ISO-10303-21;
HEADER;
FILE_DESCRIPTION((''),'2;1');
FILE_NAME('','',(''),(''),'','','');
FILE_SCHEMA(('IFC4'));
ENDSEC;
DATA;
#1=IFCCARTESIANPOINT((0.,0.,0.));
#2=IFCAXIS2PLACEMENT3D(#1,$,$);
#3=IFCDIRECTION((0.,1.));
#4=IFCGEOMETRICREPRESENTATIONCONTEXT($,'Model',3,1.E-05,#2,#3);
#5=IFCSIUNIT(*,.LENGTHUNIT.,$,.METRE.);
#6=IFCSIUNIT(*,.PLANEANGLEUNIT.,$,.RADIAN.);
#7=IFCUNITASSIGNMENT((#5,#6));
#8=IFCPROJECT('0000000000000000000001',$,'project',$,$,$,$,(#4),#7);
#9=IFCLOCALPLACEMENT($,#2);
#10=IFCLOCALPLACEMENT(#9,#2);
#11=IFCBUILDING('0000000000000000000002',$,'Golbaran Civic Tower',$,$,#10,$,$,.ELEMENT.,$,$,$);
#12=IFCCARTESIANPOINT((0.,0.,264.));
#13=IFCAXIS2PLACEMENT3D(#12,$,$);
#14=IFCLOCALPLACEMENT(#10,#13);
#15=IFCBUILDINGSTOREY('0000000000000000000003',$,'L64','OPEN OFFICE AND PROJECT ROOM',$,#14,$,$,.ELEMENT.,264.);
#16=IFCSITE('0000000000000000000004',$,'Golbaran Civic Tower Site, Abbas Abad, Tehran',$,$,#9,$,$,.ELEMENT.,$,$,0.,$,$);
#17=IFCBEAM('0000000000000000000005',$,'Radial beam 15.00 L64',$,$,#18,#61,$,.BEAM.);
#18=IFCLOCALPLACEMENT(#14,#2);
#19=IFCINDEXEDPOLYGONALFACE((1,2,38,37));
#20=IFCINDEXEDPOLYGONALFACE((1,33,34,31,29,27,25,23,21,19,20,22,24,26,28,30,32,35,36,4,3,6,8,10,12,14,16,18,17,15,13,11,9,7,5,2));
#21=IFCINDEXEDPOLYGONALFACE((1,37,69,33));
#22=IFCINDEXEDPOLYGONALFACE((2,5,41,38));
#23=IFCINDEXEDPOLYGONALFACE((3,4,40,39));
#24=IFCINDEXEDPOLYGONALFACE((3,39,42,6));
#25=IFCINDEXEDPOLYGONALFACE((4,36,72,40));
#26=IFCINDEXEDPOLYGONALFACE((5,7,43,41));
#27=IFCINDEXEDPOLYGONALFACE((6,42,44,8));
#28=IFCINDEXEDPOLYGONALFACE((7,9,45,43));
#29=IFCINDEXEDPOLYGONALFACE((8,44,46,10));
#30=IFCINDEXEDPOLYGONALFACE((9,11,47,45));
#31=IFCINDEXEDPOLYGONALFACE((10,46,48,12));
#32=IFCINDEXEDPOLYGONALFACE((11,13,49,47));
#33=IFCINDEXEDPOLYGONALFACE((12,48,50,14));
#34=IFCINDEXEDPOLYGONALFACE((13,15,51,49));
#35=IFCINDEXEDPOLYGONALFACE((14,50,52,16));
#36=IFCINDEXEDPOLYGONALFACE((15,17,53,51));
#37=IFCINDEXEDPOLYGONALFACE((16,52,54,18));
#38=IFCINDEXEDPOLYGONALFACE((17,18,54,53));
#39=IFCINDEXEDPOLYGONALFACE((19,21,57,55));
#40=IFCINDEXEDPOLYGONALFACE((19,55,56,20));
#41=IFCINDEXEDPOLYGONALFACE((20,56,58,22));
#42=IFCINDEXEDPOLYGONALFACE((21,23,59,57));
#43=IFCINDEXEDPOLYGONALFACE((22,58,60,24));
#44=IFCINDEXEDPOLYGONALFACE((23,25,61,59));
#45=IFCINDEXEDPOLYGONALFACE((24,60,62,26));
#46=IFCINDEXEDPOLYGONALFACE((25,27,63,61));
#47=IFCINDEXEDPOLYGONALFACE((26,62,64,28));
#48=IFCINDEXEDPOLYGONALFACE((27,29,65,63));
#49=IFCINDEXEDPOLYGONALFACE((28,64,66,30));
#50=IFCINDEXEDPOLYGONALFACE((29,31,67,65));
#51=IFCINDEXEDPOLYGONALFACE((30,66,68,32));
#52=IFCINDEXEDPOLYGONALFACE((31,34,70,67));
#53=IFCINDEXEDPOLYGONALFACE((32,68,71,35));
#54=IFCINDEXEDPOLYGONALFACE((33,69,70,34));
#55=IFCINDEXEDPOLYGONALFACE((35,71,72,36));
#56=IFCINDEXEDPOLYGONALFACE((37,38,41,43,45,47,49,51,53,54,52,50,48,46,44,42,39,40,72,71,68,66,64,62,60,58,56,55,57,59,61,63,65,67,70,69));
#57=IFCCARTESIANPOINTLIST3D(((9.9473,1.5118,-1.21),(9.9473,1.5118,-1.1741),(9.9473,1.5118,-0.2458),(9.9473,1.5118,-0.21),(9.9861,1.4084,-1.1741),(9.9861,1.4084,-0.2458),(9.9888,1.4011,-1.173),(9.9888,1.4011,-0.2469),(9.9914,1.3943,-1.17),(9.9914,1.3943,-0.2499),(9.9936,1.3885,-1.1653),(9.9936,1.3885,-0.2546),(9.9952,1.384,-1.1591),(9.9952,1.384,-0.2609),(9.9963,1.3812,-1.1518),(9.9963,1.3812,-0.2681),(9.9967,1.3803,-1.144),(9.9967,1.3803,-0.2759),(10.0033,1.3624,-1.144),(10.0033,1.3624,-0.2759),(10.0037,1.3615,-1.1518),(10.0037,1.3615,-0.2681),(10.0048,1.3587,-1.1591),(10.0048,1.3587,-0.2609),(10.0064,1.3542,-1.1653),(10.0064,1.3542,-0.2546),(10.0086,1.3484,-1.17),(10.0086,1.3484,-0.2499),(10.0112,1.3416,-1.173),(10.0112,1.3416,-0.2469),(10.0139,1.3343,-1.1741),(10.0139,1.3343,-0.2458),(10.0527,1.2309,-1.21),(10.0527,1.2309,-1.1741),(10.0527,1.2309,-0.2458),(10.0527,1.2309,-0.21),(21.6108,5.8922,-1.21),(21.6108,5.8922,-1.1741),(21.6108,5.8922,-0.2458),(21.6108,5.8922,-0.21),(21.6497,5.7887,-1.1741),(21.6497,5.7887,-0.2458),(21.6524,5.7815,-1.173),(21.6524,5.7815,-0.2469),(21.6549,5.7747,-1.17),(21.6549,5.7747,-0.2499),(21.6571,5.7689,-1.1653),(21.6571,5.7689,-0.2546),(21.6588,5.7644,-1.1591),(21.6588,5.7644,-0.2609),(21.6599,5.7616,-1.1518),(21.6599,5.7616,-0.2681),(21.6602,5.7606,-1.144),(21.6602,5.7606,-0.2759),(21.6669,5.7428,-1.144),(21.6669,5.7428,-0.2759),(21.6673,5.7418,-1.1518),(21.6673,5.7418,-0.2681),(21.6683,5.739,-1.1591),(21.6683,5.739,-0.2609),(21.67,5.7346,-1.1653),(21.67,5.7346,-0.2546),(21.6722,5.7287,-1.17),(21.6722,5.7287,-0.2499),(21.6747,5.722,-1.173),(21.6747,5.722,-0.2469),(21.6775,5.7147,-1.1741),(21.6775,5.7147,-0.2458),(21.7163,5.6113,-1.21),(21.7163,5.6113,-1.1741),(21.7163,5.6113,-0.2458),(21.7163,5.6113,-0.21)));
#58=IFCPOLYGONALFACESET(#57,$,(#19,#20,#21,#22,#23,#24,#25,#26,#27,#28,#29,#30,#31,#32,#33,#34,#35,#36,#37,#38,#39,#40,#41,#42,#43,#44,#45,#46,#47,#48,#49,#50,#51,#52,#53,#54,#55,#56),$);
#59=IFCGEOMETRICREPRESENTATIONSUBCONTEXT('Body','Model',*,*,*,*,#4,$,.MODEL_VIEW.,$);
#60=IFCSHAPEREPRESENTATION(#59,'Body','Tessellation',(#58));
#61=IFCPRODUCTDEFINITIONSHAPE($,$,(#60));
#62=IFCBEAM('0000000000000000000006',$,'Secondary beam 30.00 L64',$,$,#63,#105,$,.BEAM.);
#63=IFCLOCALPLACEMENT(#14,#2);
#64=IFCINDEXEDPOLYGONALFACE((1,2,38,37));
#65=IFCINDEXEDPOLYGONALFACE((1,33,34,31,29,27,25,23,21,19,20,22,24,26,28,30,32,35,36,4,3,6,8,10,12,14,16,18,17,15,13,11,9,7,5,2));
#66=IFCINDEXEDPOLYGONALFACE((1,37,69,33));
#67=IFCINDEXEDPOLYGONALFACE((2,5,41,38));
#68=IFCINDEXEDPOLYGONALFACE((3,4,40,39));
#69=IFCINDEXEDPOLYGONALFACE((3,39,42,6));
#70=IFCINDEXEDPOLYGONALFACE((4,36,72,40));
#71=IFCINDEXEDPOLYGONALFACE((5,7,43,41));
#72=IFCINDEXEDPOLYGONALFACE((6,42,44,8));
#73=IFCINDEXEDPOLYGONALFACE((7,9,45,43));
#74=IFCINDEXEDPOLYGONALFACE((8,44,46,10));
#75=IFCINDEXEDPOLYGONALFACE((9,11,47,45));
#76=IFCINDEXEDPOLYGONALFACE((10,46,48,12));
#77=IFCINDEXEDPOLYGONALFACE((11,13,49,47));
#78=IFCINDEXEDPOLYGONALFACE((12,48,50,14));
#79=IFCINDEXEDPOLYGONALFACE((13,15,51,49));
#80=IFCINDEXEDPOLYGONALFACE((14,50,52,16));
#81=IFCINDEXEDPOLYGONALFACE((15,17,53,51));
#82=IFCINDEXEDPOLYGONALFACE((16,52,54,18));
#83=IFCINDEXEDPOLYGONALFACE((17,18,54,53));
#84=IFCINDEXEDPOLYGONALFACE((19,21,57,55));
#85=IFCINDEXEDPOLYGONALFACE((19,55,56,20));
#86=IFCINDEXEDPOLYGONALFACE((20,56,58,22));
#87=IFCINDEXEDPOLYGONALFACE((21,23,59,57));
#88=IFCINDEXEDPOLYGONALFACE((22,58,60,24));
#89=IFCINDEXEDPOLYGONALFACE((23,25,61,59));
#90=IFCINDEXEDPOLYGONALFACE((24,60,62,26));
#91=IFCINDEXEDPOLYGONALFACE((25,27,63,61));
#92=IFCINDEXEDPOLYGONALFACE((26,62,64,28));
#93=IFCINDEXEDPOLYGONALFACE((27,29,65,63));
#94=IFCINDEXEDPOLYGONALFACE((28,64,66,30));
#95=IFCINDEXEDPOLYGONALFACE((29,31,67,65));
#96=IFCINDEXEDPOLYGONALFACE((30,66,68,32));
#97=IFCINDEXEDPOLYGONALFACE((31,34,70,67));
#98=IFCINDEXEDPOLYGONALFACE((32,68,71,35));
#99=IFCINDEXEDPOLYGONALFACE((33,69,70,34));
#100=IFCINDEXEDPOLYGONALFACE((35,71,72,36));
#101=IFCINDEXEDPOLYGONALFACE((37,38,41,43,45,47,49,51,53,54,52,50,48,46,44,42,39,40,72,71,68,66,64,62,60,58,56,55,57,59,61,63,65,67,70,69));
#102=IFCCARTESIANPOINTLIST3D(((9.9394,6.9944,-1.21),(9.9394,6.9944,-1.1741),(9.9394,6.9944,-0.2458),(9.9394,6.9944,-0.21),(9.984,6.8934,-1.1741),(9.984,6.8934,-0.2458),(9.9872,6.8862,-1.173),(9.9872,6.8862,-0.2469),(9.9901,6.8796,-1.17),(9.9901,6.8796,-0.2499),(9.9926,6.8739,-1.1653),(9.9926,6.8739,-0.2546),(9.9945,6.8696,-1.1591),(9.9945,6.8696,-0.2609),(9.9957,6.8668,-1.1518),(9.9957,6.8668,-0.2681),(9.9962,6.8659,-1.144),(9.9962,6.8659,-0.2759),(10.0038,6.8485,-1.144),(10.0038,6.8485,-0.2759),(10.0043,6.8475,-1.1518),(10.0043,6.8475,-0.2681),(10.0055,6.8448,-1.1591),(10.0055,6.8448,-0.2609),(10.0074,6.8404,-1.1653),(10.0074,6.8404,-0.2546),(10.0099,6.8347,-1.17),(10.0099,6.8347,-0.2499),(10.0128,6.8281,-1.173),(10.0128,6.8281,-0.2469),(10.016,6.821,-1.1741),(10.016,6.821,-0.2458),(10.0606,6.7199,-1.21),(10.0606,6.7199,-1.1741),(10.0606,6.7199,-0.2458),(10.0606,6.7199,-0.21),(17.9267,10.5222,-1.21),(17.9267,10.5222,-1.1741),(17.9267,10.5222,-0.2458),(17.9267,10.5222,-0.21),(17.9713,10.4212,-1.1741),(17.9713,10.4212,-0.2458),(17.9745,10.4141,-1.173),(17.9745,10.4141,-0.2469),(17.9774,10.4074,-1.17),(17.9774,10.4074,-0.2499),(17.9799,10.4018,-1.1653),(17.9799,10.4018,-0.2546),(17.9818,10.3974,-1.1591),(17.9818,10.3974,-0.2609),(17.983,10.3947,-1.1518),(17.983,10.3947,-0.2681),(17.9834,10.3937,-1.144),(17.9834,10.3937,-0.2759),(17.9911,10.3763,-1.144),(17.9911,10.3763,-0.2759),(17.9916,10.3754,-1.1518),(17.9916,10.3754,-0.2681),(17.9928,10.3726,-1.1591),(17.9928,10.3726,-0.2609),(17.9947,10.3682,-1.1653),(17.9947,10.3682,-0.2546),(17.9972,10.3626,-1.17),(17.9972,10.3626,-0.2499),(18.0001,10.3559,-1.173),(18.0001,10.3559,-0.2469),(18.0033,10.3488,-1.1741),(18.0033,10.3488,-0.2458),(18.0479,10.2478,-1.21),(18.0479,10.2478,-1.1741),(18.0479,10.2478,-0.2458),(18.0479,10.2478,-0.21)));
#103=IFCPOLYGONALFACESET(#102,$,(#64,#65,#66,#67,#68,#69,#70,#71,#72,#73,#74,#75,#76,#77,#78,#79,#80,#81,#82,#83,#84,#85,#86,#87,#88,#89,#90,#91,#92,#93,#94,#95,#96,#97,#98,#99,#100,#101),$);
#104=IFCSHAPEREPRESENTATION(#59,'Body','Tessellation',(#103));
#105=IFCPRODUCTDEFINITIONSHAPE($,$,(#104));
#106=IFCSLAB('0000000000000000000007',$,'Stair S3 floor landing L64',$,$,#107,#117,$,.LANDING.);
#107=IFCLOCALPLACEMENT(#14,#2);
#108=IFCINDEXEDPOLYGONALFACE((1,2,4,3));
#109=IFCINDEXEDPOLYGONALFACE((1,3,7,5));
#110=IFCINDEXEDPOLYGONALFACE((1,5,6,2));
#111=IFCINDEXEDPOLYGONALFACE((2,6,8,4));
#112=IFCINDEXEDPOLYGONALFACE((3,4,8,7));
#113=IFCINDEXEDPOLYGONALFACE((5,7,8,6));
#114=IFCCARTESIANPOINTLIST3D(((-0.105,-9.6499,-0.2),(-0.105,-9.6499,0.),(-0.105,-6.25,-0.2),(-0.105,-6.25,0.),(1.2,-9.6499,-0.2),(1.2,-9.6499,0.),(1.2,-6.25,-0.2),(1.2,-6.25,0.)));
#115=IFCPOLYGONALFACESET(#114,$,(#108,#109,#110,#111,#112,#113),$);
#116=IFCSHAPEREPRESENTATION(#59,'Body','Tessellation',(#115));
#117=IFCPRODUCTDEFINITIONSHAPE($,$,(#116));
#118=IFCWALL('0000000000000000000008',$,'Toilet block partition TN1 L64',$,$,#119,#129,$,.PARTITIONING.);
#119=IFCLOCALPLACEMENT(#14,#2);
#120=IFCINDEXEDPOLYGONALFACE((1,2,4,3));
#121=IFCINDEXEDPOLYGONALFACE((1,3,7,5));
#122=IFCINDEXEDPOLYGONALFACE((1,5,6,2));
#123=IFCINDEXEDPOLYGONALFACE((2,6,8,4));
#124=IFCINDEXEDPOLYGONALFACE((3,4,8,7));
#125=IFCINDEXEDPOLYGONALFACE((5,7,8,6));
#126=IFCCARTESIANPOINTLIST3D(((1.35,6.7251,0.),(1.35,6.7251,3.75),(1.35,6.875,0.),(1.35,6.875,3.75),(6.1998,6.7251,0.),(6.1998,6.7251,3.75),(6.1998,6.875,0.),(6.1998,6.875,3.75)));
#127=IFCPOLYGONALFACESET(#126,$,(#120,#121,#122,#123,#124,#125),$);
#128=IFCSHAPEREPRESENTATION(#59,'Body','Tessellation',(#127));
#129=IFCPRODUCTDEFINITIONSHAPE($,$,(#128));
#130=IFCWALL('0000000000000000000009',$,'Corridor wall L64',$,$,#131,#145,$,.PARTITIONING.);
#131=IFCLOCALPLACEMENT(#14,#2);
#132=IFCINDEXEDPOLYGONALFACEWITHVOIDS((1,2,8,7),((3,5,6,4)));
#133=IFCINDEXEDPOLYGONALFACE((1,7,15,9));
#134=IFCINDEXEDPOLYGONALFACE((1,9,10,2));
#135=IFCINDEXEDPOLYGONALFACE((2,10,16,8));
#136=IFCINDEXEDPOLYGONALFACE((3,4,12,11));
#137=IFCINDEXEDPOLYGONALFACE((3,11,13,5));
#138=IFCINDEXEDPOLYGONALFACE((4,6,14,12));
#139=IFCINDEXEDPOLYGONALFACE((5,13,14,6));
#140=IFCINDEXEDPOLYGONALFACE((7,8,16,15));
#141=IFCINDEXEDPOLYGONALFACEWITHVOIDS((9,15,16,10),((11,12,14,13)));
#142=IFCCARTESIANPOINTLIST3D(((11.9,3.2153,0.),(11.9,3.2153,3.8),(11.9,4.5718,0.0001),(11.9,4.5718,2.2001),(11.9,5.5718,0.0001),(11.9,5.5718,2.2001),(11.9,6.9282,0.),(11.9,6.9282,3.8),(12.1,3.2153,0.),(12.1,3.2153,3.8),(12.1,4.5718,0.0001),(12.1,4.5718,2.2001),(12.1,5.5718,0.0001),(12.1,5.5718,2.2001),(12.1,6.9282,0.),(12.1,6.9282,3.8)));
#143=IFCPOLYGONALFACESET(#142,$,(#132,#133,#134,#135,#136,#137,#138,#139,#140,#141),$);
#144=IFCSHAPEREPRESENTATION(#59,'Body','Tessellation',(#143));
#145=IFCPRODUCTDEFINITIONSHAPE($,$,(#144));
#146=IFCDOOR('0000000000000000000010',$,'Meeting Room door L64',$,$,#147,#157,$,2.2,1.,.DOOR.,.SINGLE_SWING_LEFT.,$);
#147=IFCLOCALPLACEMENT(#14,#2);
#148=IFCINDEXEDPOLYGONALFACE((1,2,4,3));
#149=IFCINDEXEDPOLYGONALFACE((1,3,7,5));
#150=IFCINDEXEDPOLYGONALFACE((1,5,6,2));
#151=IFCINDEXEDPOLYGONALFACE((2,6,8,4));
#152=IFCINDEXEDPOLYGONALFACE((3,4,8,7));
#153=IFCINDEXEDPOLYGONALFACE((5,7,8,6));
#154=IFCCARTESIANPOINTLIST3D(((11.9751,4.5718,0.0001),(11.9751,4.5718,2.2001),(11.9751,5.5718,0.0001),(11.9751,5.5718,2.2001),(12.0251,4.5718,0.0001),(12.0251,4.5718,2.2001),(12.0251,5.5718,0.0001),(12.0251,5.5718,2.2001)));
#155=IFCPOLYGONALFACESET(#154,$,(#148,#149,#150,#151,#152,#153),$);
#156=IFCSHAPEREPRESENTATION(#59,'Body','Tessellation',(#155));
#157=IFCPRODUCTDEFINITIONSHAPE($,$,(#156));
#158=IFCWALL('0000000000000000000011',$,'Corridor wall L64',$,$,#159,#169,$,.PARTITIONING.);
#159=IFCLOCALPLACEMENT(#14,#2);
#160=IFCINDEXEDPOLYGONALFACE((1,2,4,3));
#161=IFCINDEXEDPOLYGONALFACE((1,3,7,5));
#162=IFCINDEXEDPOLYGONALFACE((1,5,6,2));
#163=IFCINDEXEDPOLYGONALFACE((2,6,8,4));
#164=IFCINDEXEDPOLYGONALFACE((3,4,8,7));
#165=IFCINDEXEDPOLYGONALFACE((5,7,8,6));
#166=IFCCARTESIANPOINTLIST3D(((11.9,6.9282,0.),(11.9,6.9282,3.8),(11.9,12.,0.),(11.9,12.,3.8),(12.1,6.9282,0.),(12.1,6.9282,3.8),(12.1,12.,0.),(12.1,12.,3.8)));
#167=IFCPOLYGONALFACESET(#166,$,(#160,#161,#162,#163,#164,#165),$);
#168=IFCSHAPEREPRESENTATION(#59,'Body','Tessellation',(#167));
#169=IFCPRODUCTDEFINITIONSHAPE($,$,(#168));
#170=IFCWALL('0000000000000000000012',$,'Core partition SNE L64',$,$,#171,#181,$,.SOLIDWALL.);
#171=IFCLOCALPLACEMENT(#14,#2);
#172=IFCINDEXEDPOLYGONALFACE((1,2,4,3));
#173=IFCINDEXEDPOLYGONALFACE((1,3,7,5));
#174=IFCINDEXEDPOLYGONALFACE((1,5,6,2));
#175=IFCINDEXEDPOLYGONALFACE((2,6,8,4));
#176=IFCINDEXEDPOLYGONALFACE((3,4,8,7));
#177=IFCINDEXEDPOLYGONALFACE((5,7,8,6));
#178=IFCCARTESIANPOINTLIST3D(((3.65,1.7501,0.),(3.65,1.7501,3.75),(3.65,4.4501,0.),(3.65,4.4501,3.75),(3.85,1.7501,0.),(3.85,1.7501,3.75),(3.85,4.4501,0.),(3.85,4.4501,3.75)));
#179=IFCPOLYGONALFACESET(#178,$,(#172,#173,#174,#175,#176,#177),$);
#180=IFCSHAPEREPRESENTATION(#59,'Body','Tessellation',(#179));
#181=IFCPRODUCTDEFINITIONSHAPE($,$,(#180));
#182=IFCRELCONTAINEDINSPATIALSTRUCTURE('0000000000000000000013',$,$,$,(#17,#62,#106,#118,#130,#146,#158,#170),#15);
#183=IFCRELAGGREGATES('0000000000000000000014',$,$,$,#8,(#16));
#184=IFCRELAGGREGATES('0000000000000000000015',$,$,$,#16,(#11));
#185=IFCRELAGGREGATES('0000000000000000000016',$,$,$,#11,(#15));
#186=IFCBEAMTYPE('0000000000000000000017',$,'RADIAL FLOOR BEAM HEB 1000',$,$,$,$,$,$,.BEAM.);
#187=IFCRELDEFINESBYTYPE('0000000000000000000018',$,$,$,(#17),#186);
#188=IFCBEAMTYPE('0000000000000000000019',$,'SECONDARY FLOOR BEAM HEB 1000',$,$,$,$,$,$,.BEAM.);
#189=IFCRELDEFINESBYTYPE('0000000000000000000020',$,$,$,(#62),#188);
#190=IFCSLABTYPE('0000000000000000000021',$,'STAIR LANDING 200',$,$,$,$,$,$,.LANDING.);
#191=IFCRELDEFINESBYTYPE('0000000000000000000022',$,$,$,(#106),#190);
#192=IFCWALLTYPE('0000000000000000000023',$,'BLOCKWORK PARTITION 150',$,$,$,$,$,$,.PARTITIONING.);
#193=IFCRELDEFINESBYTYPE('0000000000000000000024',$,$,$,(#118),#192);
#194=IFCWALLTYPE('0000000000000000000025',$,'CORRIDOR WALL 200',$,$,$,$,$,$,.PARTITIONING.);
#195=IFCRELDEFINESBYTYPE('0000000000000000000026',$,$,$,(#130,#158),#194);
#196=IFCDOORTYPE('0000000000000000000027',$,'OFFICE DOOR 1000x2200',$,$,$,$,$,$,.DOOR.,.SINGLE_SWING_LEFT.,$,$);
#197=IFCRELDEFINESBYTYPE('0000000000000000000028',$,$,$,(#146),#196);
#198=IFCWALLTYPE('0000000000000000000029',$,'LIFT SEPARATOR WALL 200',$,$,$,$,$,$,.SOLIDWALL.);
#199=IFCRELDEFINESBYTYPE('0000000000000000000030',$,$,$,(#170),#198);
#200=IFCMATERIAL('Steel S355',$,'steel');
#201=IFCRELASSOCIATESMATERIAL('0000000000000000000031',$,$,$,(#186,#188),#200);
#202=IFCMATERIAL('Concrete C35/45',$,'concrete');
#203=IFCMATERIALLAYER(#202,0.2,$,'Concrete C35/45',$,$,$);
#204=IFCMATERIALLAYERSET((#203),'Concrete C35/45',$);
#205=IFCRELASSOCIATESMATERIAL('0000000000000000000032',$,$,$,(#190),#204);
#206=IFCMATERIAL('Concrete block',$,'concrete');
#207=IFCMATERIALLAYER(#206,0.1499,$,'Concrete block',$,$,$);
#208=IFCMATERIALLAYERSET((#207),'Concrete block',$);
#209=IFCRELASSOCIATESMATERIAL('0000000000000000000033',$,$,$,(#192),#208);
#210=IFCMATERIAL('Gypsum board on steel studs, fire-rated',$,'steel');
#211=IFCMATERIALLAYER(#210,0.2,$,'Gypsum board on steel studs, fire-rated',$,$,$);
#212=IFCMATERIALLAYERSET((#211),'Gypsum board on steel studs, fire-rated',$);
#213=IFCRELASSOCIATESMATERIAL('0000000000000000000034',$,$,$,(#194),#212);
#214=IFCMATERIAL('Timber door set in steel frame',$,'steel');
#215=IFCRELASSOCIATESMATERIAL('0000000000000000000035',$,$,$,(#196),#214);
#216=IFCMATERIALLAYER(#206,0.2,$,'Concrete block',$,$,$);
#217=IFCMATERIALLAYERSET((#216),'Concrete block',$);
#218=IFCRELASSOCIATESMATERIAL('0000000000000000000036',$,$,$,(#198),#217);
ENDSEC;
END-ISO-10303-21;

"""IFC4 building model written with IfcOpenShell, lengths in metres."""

from ifc_helpers import new_model, si_unit, direction, frame, frame_2d, origin, origin_2d, place, context, subcontext, project, spatial, polyline, rectangle, i_section, outline, extrude, material, layer, layer_set, material_profile, profile_set, type_object, element, fill, save


model = new_model("IFC4")

# Units and contexts
model_context = context("Model", 3, precision=1e-05, world=origin(), true_north=direction((0.0, 1.0)))
body_context = subcontext(model_context, "Body", "Model", "MODEL_VIEW")
ifc_project = project(units=[si_unit("LENGTHUNIT", "METRE"), si_unit("PLANEANGLEUNIT", "RADIAN")], contexts=[model_context])

# Site, building, storey
site_placement = place(None, origin())
site = spatial("IfcSite", under=ifc_project, at=site_placement, Name="Golbaran Civic Tower Site, Abbas Abad, Tehran", CompositionType="ELEMENT", RefElevation=0.0)
building_placement = place(site_placement, origin())
building = spatial("IfcBuilding", under=site, at=building_placement, Name="Golbaran Civic Tower", CompositionType="ELEMENT")
storey_placement = place(building_placement, frame((0.0, 0.0, 264.0)))
storey = spatial("IfcBuildingStorey", under=building, at=storey_placement, Name="L64", Description="OPEN OFFICE AND PROJECT ROOM", CompositionType="ELEMENT", Elevation=264.0)

# Beams
ifc_material_1 = material(Name="Steel S355", Category="steel")
ifc_material_profile_1 = material_profile(ifc_material_1, i_section(OverallWidth=0.3, OverallDepth=1.0, WebThickness=0.019, FlangeThickness=0.0359, FilletRadius=0.03, at=origin_2d()), Name="HEB 1000")
ifc_profile_set_1 = profile_set([ifc_material_profile_1], Name="Steel S355")
beam_type_1 = type_object("IfcBeamType", Name="RADIAL FLOOR BEAM HEB 1000", PredefinedType="BEAM", material=ifc_profile_set_1)
beam_1_placement = place(storey_placement, frame((10.0, 1.3713, -0.71), z_axis=(0.936157, 0.351583, 0.0), x_axis=(-0.351583, 0.936157, 0.0)))
element("IfcBeam", 1, at=beam_1_placement, inside=storey, type_object=beam_type_1, Name="Radial beam 15.00 L64", PredefinedType="BEAM", context=body_context, shape_type="SweptSolid", body=[
    extrude(i_section(OverallWidth=0.3, OverallDepth=1.0, WebThickness=0.019, FlangeThickness=0.0359, FilletRadius=0.03, at=origin_2d()), origin(), (0.0, 0.0, 1.0), 12.459),
])
ifc_material_profile_2 = material_profile(ifc_material_1, i_section(OverallWidth=0.3, OverallDepth=1.0, WebThickness=0.019, FlangeThickness=0.0359, FilletRadius=0.03, at=origin_2d()), Name="HEB 1000")
ifc_profile_set_2 = profile_set([ifc_material_profile_2], Name="Steel S355")
beam_type_2 = type_object("IfcBeamType", Name="SECONDARY FLOOR BEAM HEB 1000", PredefinedType="BEAM", material=ifc_profile_set_2)
beam_2_placement = place(storey_placement, frame((10.0, 6.8572, -0.71), z_axis=(0.914748, 0.404026, 0.0), x_axis=(-0.404026, 0.914748, 0.0)))
element("IfcBeam", 2, at=beam_2_placement, inside=storey, type_object=beam_type_2, Name="Secondary beam 30.00 L64", PredefinedType="BEAM", context=body_context, shape_type="SweptSolid", body=[
    extrude(i_section(OverallWidth=0.3, OverallDepth=1.0, WebThickness=0.019, FlangeThickness=0.0359, FilletRadius=0.03, at=origin_2d()), origin(), (0.0, 0.0, 1.0), 8.7317),
])

# Slab
ifc_material_2 = material(Name="Concrete C35/45", Category="concrete")
ifc_layer_1 = layer(ifc_material_2, 0.2, Name="Concrete C35/45")
ifc_layer_set_1 = layer_set([ifc_layer_1], Name="Concrete C35/45")
slab_type = type_object("IfcSlabType", Name="STAIR LANDING 200", PredefinedType="LANDING", material=ifc_layer_set_1)
slab_placement = place(storey_placement, frame((0.0, 0.0, -0.2)))
element("IfcSlab", 3, at=slab_placement, inside=storey, type_object=slab_type, Name="Stair S3 floor landing L64", PredefinedType="LANDING", context=body_context, shape_type="SweptSolid", body=[
    extrude(outline(polyline([(1.2, -9.6499), (-0.105, -9.6499), (-0.105, -6.25), (1.2, -6.25), (1.2, -9.6499)])), origin(), (0.0, 0.0, 1.0), 0.2),
])

# Wall
ifc_material_3 = material(Name="Concrete block", Category="concrete")
ifc_layer_2 = layer(ifc_material_3, 0.1499, Name="Concrete block")
ifc_layer_set_2 = layer_set([ifc_layer_2], Name="Concrete block")
wall_type_1 = type_object("IfcWallType", Name="BLOCKWORK PARTITION 150", PredefinedType="PARTITIONING", material=ifc_layer_set_2)
wall_1_placement = place(storey_placement, frame((1.3501, 6.8, 0.0), z_axis=(0.0, 0.0, 1.0), x_axis=(1.0, 0.0, 0.0)))
element("IfcWall", 4, at=wall_1_placement, inside=storey, type_object=wall_type_1, Name="Toilet block partition TN1 L64", PredefinedType="PARTITIONING", context=body_context, shape_type="SweptSolid", body=[
    extrude(rectangle(XDim=4.8499, YDim=0.1499, at=frame_2d((2.4248, 0.0))), origin(), (0.0, 0.0, 1.0), 3.75),
])

# Wall, opening, door
ifc_material_4 = material(Name="Gypsum board on steel studs, fire-rated", Category="steel")
ifc_layer_3 = layer(ifc_material_4, 0.2, Name="Gypsum board on steel studs, fire-rated")
ifc_layer_set_3 = layer_set([ifc_layer_3], Name="Gypsum board on steel studs, fire-rated")
wall_type_2 = type_object("IfcWallType", Name="CORRIDOR WALL 200", PredefinedType="PARTITIONING", material=ifc_layer_set_3)
wall_2_placement = place(storey_placement, frame((12.0, 3.2153, 0.0), z_axis=(0.0, 0.0, 1.0), x_axis=(0.0, 1.0, 0.0)))
wall_2 = element("IfcWall", 5, at=wall_2_placement, inside=storey, type_object=wall_type_2, Name="Corridor wall L64", PredefinedType="PARTITIONING", context=body_context, shape_type="SweptSolid", body=[
    extrude(rectangle(XDim=3.7129, YDim=0.2, at=frame_2d((1.8564, 0.0))), origin(), (0.0, 0.0, 1.0), 3.8),
])
opening_1_placement = place(wall_2_placement, frame((1.3564, 0.0, 0.0)))
opening_1 = element("IfcOpeningElement", 6, at=opening_1_placement, cuts=wall_2, PredefinedType="OPENING", context=body_context, shape_type="SweptSolid", body=[
    extrude(rectangle(XDim=1.0, YDim=2.2, at=frame_2d((0.5, 1.1001))), frame((0.0, 0.1099, 0.0), z_axis=(0.0, -1.0, 0.0), x_axis=(1.0, 0.0, 0.0)), (0.0, 0.0, 1.0), 0.22),
])
ifc_material_5 = material(Name="Timber door set in steel frame", Category="steel")
door_type_1 = type_object("IfcDoorType", Name="OFFICE DOOR 1000x2200", OperationType="SINGLE_SWING_LEFT", PredefinedType="DOOR", material=ifc_material_5)
door_1_placement = place(opening_1_placement, origin())
door_1 = element("IfcDoor", 7, at=door_1_placement, inside=storey, type_object=door_type_1, Name="Meeting Room door L64", OperationType="SINGLE_SWING_LEFT", OverallHeight=2.2, OverallWidth=1.0, PredefinedType="DOOR", context=body_context, shape_type="SweptSolid", body=[
    extrude(rectangle(XDim=1.0, YDim=2.2, at=frame_2d((0.5, 1.1001))), frame((0.0, 0.0249, 0.0), z_axis=(0.0, -1.0, 0.0), x_axis=(1.0, 0.0, 0.0)), (0.0, 0.0, 1.0), 0.05),
])
fill(opening_1, door_1)

# Walls
wall_3_placement = place(storey_placement, frame((12.0, 6.9282, 0.0), z_axis=(0.0, 0.0, 1.0), x_axis=(0.0, 1.0, 0.0)))
element("IfcWall", 8, at=wall_3_placement, inside=storey, type_object=wall_type_2, Name="Corridor wall L64", PredefinedType="PARTITIONING", context=body_context, shape_type="SweptSolid", body=[
    extrude(rectangle(XDim=5.0718, YDim=0.2, at=frame_2d((2.5359, 0.0))), origin(), (0.0, 0.0, 1.0), 3.8),
])
ifc_layer_4 = layer(ifc_material_3, 0.2, Name="Concrete block")
ifc_layer_set_4 = layer_set([ifc_layer_4], Name="Concrete block")
wall_type_3 = type_object("IfcWallType", Name="LIFT SEPARATOR WALL 200", PredefinedType="SOLIDWALL", material=ifc_layer_set_4)
wall_4_placement = place(storey_placement, frame((3.75, 1.75, 0.0), z_axis=(0.0, 0.0, 1.0), x_axis=(0.0, 1.0, 0.0)))
element("IfcWall", 9, at=wall_4_placement, inside=storey, type_object=wall_type_3, Name="Core partition SNE L64", PredefinedType="SOLIDWALL", context=body_context, shape_type="SweptSolid", body=[
    extrude(rectangle(XDim=2.7, YDim=0.2, at=frame_2d((1.3501, 0.0))), origin(), (0.0, 0.0, 1.0), 3.75),
])

save(model, "model.ifc")
